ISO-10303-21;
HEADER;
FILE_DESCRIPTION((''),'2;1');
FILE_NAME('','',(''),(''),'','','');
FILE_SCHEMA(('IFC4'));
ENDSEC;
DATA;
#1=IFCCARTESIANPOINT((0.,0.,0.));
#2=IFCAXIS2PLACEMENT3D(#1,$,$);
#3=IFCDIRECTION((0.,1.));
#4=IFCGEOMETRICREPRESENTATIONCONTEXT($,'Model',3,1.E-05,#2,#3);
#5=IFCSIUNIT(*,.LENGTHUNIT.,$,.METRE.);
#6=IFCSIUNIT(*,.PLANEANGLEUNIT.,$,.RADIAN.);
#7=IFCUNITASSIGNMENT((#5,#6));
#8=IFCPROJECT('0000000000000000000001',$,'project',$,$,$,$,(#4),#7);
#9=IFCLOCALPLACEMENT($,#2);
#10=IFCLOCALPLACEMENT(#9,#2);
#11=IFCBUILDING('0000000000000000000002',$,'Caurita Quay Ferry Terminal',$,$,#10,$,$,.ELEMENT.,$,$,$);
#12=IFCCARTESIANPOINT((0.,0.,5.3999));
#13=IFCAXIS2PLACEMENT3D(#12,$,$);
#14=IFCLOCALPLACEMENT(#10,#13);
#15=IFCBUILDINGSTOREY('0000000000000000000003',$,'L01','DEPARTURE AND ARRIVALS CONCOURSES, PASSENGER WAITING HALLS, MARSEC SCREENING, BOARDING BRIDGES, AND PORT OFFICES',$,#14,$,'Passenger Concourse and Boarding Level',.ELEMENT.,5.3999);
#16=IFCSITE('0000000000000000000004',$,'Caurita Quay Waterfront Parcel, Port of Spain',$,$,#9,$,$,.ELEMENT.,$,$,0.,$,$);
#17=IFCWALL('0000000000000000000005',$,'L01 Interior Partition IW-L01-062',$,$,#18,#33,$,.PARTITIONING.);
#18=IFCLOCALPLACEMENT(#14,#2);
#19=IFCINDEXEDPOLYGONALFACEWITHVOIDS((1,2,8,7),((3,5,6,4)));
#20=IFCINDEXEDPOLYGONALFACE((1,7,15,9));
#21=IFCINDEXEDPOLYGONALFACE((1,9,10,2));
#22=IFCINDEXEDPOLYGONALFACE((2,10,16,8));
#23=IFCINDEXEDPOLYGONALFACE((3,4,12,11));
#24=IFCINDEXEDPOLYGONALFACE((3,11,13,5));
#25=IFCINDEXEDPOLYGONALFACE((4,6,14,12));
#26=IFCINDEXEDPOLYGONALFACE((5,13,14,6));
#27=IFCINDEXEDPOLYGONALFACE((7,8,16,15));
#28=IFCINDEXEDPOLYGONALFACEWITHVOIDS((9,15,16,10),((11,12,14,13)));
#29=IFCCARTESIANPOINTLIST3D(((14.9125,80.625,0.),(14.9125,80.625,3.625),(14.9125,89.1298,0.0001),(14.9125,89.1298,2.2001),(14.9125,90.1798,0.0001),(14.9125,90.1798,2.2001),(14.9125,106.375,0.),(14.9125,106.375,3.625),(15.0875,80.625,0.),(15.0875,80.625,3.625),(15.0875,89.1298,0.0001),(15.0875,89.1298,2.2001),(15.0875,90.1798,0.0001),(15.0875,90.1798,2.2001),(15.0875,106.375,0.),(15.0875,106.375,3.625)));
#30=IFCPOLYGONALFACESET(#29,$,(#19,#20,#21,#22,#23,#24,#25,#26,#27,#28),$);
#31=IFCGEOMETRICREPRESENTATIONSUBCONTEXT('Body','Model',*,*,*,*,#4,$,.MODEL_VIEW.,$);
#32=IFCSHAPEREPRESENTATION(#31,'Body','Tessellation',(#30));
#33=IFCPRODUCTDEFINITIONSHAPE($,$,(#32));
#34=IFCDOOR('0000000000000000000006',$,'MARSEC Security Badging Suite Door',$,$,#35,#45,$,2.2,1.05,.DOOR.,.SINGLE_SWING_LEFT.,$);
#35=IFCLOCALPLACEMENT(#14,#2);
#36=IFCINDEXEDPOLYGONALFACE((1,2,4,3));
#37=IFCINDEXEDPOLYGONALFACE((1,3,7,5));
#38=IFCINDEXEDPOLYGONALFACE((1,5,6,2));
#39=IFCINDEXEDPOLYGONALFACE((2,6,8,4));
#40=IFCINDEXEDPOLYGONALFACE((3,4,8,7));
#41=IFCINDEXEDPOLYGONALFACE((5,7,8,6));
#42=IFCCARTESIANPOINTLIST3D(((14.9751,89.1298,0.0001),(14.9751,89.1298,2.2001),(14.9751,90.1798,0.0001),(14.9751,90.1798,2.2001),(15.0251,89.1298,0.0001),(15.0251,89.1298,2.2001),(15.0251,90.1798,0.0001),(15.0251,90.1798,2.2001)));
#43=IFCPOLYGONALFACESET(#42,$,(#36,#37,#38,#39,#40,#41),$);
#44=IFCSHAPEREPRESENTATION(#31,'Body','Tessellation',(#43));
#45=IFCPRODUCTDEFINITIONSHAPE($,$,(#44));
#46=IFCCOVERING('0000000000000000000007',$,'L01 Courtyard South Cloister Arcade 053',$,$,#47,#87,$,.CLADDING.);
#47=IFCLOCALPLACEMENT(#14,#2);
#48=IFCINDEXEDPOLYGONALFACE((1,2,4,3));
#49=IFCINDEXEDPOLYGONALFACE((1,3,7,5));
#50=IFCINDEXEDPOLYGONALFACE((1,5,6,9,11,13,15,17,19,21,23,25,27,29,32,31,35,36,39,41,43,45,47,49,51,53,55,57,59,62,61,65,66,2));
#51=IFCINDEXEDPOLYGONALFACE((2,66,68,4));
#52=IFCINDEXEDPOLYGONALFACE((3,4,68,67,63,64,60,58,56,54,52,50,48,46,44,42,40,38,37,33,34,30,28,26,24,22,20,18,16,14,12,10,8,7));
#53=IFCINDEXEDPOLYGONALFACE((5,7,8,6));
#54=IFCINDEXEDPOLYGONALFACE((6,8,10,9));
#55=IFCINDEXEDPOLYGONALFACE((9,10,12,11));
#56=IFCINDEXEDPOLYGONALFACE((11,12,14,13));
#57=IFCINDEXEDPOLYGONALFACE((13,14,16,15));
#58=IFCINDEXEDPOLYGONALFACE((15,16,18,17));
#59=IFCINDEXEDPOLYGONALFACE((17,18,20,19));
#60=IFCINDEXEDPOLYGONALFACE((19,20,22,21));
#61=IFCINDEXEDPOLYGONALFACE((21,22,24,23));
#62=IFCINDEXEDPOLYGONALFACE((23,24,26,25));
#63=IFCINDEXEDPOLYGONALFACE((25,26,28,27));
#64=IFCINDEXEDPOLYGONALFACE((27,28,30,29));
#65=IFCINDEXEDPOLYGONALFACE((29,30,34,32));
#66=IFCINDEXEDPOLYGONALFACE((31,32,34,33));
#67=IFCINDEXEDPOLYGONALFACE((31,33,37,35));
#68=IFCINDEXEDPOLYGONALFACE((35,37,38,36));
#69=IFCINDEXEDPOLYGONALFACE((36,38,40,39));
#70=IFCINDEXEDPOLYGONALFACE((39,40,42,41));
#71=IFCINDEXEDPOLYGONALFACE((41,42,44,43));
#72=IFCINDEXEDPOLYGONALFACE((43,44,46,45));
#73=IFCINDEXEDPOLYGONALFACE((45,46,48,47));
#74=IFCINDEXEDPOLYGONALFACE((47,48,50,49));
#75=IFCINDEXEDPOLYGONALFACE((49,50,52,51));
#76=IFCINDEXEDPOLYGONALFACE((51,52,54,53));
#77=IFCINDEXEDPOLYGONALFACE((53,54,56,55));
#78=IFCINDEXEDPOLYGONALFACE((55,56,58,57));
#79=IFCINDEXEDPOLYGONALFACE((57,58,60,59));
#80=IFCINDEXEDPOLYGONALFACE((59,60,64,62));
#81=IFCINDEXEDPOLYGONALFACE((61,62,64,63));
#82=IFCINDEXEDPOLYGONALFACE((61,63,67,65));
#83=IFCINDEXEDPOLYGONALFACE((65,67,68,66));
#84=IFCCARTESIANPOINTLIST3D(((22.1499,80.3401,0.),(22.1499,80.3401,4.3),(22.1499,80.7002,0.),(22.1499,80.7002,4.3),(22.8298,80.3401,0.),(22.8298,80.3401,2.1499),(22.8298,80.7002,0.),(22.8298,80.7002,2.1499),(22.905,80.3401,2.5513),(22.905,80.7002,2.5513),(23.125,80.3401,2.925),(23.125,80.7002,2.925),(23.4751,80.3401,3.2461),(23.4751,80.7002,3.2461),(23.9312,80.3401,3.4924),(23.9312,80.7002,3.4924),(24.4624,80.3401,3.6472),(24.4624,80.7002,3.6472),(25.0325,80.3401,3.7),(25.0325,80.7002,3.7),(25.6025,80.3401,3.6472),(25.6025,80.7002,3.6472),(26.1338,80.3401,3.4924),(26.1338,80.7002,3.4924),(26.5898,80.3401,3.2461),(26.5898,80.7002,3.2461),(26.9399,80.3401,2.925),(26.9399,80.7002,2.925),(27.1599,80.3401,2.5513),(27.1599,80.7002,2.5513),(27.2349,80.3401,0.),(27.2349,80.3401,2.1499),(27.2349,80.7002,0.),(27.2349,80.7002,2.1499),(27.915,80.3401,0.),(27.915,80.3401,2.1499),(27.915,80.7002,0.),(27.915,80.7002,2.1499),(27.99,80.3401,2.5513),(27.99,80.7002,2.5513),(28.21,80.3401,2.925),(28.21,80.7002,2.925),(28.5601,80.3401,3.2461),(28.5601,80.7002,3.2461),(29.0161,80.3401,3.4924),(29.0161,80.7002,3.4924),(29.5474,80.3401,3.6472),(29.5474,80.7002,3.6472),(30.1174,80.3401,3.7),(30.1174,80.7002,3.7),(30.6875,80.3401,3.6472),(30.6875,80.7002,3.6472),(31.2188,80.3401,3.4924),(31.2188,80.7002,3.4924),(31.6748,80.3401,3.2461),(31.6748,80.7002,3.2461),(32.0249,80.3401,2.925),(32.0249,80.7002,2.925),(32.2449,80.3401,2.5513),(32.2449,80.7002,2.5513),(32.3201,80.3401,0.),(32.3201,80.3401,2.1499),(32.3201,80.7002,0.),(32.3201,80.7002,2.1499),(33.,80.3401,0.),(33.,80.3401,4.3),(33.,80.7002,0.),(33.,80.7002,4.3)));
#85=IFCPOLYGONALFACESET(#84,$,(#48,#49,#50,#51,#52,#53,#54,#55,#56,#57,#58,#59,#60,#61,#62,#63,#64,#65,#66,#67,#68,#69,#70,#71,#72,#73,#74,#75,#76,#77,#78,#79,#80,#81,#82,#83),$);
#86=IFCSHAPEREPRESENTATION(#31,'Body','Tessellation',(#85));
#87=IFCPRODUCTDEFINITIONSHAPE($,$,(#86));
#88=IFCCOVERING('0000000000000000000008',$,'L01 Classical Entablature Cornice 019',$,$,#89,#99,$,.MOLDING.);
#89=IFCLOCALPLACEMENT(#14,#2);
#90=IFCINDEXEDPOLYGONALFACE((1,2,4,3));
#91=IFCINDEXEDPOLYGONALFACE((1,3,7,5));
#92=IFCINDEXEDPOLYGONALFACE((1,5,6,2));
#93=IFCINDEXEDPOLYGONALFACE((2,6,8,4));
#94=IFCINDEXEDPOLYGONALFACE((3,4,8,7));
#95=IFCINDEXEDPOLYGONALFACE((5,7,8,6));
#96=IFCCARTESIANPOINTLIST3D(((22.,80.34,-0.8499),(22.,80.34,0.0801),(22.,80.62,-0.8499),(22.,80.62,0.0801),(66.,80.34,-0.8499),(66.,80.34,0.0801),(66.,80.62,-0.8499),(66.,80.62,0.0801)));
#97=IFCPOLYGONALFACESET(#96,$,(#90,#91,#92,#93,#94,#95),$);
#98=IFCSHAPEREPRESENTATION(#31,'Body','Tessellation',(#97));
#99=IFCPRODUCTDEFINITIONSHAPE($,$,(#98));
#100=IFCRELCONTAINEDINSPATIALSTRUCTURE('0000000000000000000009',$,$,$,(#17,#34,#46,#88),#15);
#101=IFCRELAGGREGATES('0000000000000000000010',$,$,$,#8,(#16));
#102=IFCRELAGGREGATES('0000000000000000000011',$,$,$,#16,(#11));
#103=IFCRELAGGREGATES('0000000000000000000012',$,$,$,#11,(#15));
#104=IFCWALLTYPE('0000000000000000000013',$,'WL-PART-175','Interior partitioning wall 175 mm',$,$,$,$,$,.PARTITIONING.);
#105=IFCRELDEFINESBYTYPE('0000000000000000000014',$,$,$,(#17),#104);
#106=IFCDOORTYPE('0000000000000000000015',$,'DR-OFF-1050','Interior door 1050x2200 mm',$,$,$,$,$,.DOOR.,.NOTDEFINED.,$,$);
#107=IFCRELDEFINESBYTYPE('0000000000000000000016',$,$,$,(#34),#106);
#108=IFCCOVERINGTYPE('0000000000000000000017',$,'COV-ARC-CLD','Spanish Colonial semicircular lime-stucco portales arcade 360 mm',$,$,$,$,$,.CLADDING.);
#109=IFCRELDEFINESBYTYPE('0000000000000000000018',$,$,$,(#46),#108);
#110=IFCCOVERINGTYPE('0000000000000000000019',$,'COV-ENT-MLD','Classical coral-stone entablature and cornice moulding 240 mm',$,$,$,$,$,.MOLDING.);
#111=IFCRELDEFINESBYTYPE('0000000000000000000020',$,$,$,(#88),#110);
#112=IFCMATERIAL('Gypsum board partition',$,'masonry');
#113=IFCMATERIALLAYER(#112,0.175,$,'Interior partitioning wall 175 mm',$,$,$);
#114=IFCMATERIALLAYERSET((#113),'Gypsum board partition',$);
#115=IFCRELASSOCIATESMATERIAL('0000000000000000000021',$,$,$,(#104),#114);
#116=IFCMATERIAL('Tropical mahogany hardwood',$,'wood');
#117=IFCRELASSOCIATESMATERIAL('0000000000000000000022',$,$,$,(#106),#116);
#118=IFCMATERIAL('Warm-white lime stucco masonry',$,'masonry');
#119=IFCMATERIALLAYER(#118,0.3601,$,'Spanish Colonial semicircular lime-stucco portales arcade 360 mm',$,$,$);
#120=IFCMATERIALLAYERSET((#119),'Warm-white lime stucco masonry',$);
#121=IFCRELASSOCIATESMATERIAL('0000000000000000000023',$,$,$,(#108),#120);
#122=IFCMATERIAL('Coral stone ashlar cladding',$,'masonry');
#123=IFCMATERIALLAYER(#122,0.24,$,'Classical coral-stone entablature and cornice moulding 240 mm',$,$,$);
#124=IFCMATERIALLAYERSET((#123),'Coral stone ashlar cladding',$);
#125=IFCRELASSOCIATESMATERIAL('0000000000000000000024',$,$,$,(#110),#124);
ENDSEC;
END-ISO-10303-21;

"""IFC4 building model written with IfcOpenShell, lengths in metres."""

from ifc_helpers import new_model, si_unit, direction, frame, frame_2d, origin, place, context, subcontext, project, spatial, polyline, rectangle, outline, extrude, material, layer, layer_set, type_object, element, fill, save


model = new_model("IFC4")

# Units and contexts
model_context = context("Model", 3, precision=1e-05, world=origin(), true_north=direction((0.0, 1.0)))
body_context = subcontext(model_context, "Body", "Model", "MODEL_VIEW")
ifc_project = project(units=[si_unit("LENGTHUNIT", "METRE"), si_unit("PLANEANGLEUNIT", "RADIAN")], contexts=[model_context])

# Site, building, storey
site_placement = place(None, origin())
site = spatial("IfcSite", under=ifc_project, at=site_placement, Name="Caurita Quay Waterfront Parcel, Port of Spain", CompositionType="ELEMENT", RefElevation=0.0)
building_placement = place(site_placement, origin())
building = spatial("IfcBuilding", under=site, at=building_placement, Name="Caurita Quay Ferry Terminal", CompositionType="ELEMENT")
storey_placement = place(building_placement, frame((0.0, 0.0, 5.3999)))
storey = spatial("IfcBuildingStorey", under=building, at=storey_placement, Name="L01", Description="DEPARTURE AND ARRIVALS CONCOURSES, PASSENGER WAITING HALLS, MARSEC SCREENING, BOARDING BRIDGES, AND PORT OFFICES", LongName="Passenger Concourse and Boarding Level", CompositionType="ELEMENT", Elevation=5.3999)

# Shared definitions
ifc_material_1 = material(Name="Warm-white lime stucco masonry", Category="masonry")

# Wall, opening, door
ifc_material_2 = material(Name="Gypsum board partition", Category="masonry")
ifc_material_3 = material(Name="Tropical mahogany hardwood", Category="wood")
ifc_layer_1 = layer(ifc_material_2, 0.175, Name="Interior partitioning wall 175 mm")
ifc_layer_set_1 = layer_set([ifc_layer_1], Name="Gypsum board partition")
wall_type_1 = type_object("IfcWallType", Name="WL-PART-175", Description="Interior partitioning wall 175 mm", PredefinedType="PARTITIONING", material=ifc_layer_set_1)
wall_1_placement = place(storey_placement, frame((15.0, 80.625, 0.0), z_axis=(0.0, 0.0, 1.0), x_axis=(0.0, 1.0, 0.0)))
wall_1 = element("IfcWall", 1, at=wall_1_placement, inside=storey, type_object=wall_type_1, Name="L01 Interior Partition IW-L01-062", PredefinedType="PARTITIONING", context=body_context, shape_type="SweptSolid", body=[
    extrude(rectangle(XDim=25.75, YDim=0.175, at=frame_2d((12.875, 0.0))), origin(), (0.0, 0.0, 1.0), 3.625),
])
opening_1_placement = place(wall_1_placement, frame((8.5049, 0.0, 0.0)))
opening_1 = element("IfcOpeningElement", 2, at=opening_1_placement, cuts=wall_1, PredefinedType="OPENING", context=body_context, shape_type="SweptSolid", body=[
    extrude(rectangle(XDim=1.05, YDim=2.2, at=frame_2d((0.5249, 1.1001))), frame((0.0, 0.0974, 0.0), z_axis=(0.0, -1.0, 0.0), x_axis=(1.0, 0.0, 0.0)), (0.0, 0.0, 1.0), 0.1951),
])
door_type_1 = type_object("IfcDoorType", Name="DR-OFF-1050", Description="Interior door 1050x2200 mm", OperationType="NOTDEFINED", PredefinedType="DOOR", material=ifc_material_3)
door_1_placement = place(opening_1_placement, origin())
door_1 = element("IfcDoor", 3, at=door_1_placement, inside=storey, type_object=door_type_1, Name="MARSEC Security Badging Suite Door", OperationType="SINGLE_SWING_LEFT", OverallHeight=2.2, OverallWidth=1.05, PredefinedType="DOOR", context=body_context, shape_type="SweptSolid", body=[
    extrude(rectangle(XDim=1.05, YDim=2.2, at=frame_2d((0.5249, 1.1001))), frame((0.0, 0.0249, 0.0), z_axis=(0.0, -1.0, 0.0), x_axis=(1.0, 0.0, 0.0)), (0.0, 0.0, 1.0), 0.05),
])
fill(opening_1, door_1)

# Coverings
ifc_layer_2 = layer(ifc_material_1, 0.3601, Name="Spanish Colonial semicircular lime-stucco portales arcade 360 mm")
ifc_layer_set_2 = layer_set([ifc_layer_2], Name="Warm-white lime stucco masonry")
covering_type_1 = type_object("IfcCoveringType", Name="COV-ARC-CLD", Description="Spanish Colonial semicircular lime-stucco portales arcade 360 mm", PredefinedType="CLADDING", material=ifc_layer_set_2)
covering_1_placement = place(storey_placement, frame((22.1499, 80.52, 0.0), z_axis=(0.0, 0.0, 1.0), x_axis=(1.0, 0.0, 0.0)))
element("IfcCovering", 4, at=covering_1_placement, inside=storey, type_object=covering_type_1, Name="L01 Courtyard South Cloister Arcade 053", PredefinedType="CLADDING", context=body_context, shape_type="SweptSolid", body=[
    extrude(outline(polyline([(0.0, 0.0), (0.6799, 0.0), (0.6799, 2.1499), (0.7551, 2.5513), (0.9751, 2.925), (1.3252, 3.2461), (1.7812, 3.4924), (2.3125, 3.6472), (2.8826, 3.7), (3.4526, 3.6472), (3.9839, 3.4924), (4.4399, 3.2461), (4.79, 2.925), (5.01, 2.5513), (5.085, 2.1499), (5.085, 0.0), (5.7651, 0.0), (5.7651, 2.1499), (5.8401, 2.5513), (6.0601, 2.925), (6.4102, 3.2461), (6.8662, 3.4924), (7.3975, 3.6472), (7.9675, 3.7), (8.5376, 3.6472), (9.0688, 3.4924), (9.5249, 3.2461), (9.875, 2.925), (10.095, 2.5513), (10.1702, 2.1499), (10.1702, 0.0), (10.8501, 0.0), (10.8501, 4.3), (0.0, 4.3), (0.0, 0.0)])), frame((0.0, 0.1802, 0.0), z_axis=(0.0, -1.0, 0.0), x_axis=(1.0, 0.0, 0.0)), (0.0, 0.0, 1.0), 0.3601),
])
ifc_material_4 = material(Name="Coral stone ashlar cladding", Category="masonry")
ifc_layer_3 = layer(ifc_material_4, 0.24, Name="Classical coral-stone entablature and cornice moulding 240 mm")
ifc_layer_set_3 = layer_set([ifc_layer_3], Name="Coral stone ashlar cladding")
covering_type_2 = type_object("IfcCoveringType", Name="COV-ENT-MLD", Description="Classical coral-stone entablature and cornice moulding 240 mm", PredefinedType="MOLDING", material=ifc_layer_set_3)
covering_2_placement = place(storey_placement, frame((22.0, 80.48, -0.8499), z_axis=(0.0, 0.0, 1.0), x_axis=(1.0, 0.0, 0.0)))
element("IfcCovering", 5, at=covering_2_placement, inside=storey, type_object=covering_type_2, Name="L01 Classical Entablature Cornice 019", PredefinedType="MOLDING", context=body_context, shape_type="SweptSolid", body=[
    extrude(rectangle(XDim=44.0, YDim=0.28, at=frame_2d((22.0, 0.0))), origin(), (0.0, 0.0, 1.0), 0.9299),
])

save(model, "model.ifc")
